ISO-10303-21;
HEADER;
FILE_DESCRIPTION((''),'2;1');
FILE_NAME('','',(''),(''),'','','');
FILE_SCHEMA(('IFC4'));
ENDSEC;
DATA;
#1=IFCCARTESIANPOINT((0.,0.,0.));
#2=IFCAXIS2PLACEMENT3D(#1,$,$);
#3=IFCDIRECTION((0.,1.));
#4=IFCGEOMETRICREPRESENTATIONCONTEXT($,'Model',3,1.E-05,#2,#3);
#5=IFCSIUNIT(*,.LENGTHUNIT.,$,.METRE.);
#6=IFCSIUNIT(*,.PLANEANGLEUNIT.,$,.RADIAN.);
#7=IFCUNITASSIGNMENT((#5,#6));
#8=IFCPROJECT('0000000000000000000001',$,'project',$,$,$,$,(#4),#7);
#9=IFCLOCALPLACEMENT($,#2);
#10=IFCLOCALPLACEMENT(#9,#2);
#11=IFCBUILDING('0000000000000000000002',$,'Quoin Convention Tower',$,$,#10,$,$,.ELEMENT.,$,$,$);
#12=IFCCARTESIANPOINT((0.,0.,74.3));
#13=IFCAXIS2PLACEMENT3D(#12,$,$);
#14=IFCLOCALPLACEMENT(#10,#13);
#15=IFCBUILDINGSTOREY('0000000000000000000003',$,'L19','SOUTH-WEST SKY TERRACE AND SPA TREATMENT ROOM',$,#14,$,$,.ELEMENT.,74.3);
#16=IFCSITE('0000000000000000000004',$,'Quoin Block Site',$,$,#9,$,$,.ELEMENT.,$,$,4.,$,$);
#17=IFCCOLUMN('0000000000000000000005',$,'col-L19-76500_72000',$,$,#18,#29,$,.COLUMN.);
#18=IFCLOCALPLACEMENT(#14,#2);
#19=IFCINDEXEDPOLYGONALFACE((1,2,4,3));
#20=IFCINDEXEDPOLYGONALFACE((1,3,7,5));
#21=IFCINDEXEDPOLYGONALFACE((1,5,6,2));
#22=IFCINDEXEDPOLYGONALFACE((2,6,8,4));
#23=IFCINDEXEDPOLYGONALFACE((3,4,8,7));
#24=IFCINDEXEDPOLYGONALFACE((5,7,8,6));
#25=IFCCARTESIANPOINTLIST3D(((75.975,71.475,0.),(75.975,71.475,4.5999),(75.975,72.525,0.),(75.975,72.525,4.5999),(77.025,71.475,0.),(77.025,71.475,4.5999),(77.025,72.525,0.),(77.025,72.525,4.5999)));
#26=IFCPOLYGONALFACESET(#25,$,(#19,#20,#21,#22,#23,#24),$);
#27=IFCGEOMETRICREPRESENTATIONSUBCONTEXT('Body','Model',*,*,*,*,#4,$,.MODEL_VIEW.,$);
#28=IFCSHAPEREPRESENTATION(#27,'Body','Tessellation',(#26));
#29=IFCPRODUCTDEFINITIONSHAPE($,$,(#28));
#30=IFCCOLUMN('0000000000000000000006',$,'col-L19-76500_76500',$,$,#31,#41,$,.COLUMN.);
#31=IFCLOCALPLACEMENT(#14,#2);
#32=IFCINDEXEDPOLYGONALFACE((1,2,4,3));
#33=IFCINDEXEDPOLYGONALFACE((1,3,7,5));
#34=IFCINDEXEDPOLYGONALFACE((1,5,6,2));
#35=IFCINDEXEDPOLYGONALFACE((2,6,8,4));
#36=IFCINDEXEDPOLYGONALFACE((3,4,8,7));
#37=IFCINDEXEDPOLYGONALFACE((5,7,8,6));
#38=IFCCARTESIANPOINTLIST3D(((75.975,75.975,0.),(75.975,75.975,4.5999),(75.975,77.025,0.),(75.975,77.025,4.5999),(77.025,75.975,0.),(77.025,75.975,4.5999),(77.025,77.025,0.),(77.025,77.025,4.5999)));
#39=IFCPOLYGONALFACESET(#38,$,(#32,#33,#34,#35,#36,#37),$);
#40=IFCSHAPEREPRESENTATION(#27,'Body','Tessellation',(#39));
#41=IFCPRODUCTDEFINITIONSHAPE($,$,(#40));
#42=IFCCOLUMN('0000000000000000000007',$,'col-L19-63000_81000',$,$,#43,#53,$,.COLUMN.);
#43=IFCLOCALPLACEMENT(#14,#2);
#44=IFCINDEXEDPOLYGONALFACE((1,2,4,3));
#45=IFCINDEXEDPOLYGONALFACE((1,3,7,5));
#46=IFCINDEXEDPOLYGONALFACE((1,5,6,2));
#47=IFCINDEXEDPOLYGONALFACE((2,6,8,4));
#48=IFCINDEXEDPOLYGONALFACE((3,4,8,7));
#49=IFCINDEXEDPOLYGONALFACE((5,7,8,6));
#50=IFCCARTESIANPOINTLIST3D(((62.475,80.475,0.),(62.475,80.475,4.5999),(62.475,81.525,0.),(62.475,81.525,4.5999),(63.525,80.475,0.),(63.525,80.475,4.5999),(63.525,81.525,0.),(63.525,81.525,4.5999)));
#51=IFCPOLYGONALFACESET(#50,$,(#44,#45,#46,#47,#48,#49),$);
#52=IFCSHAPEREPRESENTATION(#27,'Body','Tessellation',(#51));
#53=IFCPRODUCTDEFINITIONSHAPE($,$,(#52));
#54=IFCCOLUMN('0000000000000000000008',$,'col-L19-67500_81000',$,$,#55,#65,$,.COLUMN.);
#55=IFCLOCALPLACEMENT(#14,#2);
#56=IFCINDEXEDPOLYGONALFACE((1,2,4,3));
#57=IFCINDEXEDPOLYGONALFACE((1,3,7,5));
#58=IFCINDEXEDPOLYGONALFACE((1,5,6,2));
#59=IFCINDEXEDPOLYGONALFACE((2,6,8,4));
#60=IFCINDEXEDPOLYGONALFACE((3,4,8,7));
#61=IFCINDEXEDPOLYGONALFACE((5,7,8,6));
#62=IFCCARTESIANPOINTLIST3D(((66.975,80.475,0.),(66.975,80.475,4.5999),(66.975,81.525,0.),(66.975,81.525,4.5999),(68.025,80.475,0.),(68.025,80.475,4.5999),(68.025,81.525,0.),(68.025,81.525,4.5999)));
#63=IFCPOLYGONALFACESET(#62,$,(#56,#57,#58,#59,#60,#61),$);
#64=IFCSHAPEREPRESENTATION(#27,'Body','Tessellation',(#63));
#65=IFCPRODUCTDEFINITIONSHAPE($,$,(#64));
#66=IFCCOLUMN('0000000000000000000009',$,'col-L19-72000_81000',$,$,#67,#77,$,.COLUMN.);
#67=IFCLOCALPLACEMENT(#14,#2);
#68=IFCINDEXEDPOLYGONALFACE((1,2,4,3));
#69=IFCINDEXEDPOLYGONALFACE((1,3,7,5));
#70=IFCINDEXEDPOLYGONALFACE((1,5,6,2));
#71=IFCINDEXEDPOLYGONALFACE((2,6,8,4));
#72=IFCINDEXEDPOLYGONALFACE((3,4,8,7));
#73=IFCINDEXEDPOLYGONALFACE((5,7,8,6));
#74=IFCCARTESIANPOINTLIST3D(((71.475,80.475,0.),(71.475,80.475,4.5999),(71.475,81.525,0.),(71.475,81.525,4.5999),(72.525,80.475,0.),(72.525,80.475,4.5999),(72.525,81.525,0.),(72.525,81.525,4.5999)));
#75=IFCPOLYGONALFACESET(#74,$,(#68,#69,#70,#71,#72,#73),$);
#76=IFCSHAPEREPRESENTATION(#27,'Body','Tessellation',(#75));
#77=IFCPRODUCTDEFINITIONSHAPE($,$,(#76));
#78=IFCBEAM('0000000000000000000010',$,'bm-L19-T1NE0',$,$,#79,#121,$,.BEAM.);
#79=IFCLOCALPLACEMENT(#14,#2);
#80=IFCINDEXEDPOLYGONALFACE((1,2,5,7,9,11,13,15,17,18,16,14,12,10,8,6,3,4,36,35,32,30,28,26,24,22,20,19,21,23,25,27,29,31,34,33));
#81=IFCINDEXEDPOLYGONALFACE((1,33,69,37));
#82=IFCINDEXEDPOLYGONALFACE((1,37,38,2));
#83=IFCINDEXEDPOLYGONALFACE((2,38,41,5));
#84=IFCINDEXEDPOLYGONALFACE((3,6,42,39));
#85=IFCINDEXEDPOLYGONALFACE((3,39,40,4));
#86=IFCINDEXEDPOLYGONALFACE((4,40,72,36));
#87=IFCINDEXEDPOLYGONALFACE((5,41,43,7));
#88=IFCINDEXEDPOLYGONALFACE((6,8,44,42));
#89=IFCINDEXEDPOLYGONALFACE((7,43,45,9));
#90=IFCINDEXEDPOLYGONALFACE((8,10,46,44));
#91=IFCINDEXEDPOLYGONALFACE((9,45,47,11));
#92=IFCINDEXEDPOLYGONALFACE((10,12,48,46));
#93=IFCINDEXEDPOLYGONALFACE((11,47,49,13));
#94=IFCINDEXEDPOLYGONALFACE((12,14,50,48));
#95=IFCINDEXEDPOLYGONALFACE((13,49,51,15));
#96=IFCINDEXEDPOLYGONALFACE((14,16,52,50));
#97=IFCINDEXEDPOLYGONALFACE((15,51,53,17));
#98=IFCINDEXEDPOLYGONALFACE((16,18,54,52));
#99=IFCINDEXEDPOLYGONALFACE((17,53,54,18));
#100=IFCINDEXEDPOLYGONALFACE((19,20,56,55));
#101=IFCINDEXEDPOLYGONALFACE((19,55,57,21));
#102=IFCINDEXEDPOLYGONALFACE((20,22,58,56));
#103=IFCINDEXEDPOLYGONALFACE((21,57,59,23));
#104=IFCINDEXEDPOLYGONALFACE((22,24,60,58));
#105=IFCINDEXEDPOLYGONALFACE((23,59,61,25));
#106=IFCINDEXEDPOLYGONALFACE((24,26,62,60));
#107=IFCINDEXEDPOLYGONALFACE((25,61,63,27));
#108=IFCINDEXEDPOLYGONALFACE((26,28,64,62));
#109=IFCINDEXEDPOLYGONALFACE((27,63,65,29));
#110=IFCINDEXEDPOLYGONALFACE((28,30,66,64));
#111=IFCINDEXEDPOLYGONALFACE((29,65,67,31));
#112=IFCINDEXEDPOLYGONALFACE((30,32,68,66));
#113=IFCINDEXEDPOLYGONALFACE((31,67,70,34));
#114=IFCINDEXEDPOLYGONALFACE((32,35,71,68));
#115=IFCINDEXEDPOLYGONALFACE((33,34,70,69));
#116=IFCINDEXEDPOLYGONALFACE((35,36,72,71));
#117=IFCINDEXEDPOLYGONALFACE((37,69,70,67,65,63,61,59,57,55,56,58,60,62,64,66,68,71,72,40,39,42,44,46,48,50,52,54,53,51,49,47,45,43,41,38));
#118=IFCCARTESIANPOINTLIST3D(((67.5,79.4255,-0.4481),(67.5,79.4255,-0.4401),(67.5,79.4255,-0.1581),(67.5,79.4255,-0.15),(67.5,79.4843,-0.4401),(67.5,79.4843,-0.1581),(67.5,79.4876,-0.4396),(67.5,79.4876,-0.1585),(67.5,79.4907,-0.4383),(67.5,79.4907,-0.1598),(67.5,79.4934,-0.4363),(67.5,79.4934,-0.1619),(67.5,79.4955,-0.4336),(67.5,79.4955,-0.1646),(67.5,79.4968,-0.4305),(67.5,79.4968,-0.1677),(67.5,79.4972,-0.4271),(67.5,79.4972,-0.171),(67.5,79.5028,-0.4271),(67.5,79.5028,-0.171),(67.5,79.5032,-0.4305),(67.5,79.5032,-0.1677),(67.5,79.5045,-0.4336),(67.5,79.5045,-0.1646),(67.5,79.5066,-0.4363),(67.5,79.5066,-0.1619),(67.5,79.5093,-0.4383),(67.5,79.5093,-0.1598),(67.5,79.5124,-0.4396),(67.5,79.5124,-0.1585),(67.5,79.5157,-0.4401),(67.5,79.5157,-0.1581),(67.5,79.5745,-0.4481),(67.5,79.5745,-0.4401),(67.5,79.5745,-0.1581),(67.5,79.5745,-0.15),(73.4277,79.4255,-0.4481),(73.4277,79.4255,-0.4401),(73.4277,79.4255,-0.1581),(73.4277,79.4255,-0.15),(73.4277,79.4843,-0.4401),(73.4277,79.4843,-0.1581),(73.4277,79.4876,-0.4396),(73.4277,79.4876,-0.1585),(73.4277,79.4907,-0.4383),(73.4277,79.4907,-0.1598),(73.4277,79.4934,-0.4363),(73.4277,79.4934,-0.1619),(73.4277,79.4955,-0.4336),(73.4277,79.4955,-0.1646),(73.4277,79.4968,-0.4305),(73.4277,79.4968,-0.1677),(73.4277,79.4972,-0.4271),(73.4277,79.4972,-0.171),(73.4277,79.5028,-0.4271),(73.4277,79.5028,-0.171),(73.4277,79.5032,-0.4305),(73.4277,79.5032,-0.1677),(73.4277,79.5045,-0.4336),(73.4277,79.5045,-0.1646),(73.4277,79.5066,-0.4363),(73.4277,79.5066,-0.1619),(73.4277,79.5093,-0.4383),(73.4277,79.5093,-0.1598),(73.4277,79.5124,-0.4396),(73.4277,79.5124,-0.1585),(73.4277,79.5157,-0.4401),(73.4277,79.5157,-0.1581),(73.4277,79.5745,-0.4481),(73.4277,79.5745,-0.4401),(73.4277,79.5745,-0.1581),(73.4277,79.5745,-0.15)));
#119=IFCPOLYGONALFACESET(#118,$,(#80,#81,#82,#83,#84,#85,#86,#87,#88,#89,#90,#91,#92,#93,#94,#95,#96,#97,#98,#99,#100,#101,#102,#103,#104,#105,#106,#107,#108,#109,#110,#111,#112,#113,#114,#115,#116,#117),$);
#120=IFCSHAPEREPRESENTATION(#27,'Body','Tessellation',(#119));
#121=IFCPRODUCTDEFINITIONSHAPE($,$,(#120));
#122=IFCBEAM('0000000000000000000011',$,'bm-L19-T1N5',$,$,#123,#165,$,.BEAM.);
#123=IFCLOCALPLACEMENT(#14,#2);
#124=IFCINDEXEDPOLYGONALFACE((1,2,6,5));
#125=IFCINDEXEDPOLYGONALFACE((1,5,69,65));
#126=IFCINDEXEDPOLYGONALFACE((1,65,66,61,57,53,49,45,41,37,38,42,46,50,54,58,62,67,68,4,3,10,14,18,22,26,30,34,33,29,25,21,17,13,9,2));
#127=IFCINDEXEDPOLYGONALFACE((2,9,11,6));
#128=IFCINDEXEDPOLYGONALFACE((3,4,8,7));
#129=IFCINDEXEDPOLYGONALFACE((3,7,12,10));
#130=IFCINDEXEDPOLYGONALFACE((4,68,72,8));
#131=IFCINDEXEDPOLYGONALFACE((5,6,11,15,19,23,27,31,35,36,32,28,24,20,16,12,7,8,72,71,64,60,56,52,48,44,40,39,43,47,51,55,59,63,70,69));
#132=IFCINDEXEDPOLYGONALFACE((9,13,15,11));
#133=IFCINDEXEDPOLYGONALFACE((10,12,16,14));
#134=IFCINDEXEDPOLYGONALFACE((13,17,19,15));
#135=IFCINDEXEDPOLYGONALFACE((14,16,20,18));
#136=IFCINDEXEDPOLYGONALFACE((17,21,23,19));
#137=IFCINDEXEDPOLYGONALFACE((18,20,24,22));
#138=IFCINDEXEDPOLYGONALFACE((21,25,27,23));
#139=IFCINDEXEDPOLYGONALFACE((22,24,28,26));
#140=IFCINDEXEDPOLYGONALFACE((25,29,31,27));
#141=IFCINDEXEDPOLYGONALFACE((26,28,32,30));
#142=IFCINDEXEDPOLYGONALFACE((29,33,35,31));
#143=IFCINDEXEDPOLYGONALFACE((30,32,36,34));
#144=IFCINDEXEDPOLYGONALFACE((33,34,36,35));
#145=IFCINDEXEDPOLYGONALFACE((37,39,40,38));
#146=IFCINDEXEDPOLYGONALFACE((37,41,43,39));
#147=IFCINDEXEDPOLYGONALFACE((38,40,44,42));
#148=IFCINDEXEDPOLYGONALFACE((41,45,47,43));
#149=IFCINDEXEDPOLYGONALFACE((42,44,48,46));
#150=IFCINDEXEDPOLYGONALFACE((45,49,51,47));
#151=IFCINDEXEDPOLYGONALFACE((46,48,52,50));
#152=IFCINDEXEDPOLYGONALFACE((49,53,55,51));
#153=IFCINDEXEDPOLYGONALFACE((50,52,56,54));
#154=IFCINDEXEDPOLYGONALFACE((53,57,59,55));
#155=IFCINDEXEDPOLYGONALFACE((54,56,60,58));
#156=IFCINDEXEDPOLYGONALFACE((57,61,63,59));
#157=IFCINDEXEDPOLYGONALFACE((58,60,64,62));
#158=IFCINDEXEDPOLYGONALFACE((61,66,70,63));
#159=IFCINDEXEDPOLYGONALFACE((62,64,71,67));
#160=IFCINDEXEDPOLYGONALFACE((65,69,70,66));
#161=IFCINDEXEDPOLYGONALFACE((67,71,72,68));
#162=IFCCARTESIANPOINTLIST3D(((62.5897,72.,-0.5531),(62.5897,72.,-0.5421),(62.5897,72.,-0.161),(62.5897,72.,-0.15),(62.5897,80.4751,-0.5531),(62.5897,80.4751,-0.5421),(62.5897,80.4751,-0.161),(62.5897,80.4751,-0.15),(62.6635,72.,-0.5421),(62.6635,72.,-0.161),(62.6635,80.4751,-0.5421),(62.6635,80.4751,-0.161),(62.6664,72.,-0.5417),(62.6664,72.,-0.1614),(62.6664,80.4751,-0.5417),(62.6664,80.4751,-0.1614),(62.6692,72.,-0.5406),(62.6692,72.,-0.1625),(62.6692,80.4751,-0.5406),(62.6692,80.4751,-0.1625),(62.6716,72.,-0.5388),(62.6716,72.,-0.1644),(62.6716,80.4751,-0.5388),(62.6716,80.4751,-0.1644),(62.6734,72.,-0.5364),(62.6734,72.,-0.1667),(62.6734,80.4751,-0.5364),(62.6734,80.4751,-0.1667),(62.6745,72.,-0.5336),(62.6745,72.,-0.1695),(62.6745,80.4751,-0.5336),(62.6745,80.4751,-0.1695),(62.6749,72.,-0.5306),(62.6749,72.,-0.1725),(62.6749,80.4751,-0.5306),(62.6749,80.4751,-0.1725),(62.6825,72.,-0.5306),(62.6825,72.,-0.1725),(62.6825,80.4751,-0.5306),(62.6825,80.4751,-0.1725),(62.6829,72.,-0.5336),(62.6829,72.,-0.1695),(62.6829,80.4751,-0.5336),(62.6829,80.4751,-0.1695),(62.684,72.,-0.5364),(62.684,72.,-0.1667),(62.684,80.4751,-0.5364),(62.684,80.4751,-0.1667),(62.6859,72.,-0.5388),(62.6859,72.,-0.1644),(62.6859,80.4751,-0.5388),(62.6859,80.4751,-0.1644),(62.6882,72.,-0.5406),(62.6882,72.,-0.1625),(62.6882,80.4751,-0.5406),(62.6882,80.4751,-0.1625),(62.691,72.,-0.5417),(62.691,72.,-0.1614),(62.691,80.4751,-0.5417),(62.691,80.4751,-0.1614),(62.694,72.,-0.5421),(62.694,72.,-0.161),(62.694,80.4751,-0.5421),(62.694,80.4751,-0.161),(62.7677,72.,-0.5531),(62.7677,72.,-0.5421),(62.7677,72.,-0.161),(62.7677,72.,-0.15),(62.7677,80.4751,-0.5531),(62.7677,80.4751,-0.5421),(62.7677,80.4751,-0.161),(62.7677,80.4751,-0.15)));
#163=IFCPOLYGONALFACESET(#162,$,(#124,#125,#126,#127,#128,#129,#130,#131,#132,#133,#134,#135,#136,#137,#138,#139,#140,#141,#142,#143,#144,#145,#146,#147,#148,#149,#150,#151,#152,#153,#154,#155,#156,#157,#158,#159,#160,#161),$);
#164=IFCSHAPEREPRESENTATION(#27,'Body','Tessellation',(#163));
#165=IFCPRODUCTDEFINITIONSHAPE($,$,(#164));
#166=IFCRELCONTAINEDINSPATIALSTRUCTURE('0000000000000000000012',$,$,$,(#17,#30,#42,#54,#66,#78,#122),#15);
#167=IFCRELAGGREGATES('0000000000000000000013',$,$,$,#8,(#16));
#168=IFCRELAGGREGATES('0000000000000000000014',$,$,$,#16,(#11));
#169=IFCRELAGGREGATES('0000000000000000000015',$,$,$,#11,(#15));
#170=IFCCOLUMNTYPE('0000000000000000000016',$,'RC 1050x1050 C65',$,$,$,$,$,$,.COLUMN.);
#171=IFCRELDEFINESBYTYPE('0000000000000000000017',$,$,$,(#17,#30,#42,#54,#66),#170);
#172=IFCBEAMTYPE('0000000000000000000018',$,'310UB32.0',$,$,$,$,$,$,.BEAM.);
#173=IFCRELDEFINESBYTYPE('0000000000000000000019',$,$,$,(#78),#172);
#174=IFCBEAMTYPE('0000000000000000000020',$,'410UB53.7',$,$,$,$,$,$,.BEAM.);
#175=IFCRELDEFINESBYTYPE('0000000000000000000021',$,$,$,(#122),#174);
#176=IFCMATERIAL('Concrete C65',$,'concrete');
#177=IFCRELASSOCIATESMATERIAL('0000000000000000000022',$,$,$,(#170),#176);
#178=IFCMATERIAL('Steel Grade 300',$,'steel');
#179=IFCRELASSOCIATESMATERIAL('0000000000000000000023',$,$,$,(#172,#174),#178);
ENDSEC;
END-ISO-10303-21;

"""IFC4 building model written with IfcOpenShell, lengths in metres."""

from ifc_helpers import new_model, si_unit, direction, frame, origin, origin_2d, place, context, subcontext, project, spatial, rectangle, i_section, extrude, material, material_profile, profile_set, type_object, element, save


model = new_model("IFC4")

# Units and contexts
model_context = context("Model", 3, precision=1e-05, world=origin(), true_north=direction((0.0, 1.0)))
body_context = subcontext(model_context, "Body", "Model", "MODEL_VIEW")
ifc_project = project(units=[si_unit("LENGTHUNIT", "METRE"), si_unit("PLANEANGLEUNIT", "RADIAN")], contexts=[model_context])

# Site, building, storey
site_placement = place(None, origin())
site = spatial("IfcSite", under=ifc_project, at=site_placement, Name="Quoin Block Site", CompositionType="ELEMENT", RefElevation=4.0)
building_placement = place(site_placement, origin())
building = spatial("IfcBuilding", under=site, at=building_placement, Name="Quoin Convention Tower", CompositionType="ELEMENT")
storey_placement = place(building_placement, frame((0.0, 0.0, 74.3)))
storey = spatial("IfcBuildingStorey", under=building, at=storey_placement, Name="L19", Description="SOUTH-WEST SKY TERRACE AND SPA TREATMENT ROOM", CompositionType="ELEMENT", Elevation=74.3)

# Columns
ifc_material_1 = material(Name="Concrete C65", Category="concrete")
ifc_material_profile_1 = material_profile(ifc_material_1, rectangle(XDim=1.05, YDim=1.05, at=origin_2d()), Name="RC 1050x1050")
ifc_profile_set_1 = profile_set([ifc_material_profile_1], Name="Concrete C65")
column_type = type_object("IfcColumnType", Name="RC 1050x1050 C65", PredefinedType="COLUMN", material=ifc_profile_set_1)
for number, where, z_axis, x_axis, name in (
    (1, (76.5, 72.0, 0.0), (0.0, 0.0, 1.0), (1.0, 0.0, 0.0), "col-L19-76500_72000"),
    (2, (76.5, 76.5, 0.0), (0.0, 0.0, 1.0), (1.0, 0.0, 0.0), "col-L19-76500_76500"),
    (3, (63.0, 81.0, 0.0), (0.0, 0.0, 1.0), (1.0, 0.0, 0.0), "col-L19-63000_81000"),
    (4, (67.5, 81.0, 0.0), (0.0, 0.0, 1.0), (1.0, 0.0, 0.0), "col-L19-67500_81000"),
    (5, (72.0, 81.0, 0.0), (0.0, 0.0, 1.0), (1.0, 0.0, 0.0), "col-L19-72000_81000"),
):
    element("IfcColumn", number, at=place(storey_placement, frame(where, z_axis=z_axis, x_axis=x_axis)), inside=storey, type_object=column_type, Name=name, PredefinedType="COLUMN", context=body_context, shape_type="SweptSolid", body=[
        extrude(rectangle(XDim=1.05, YDim=1.05, at=origin_2d()), origin(), (0.0, 0.0, 1.0), 4.5999),
    ])

# Beams
ifc_material_2 = material(Name="Steel Grade 300", Category="steel")
ifc_material_profile_2 = material_profile(ifc_material_2, i_section(OverallWidth=0.1489, OverallDepth=0.2981, WebThickness=0.0056, FlangeThickness=0.0081, FilletRadius=0.0129, at=origin_2d()), Name="310UB32.0")
ifc_profile_set_2 = profile_set([ifc_material_profile_2], Name="Steel Grade 300")
beam_type_1 = type_object("IfcBeamType", Name="310UB32.0", PredefinedType="BEAM", material=ifc_profile_set_2)
beam_1_placement = place(storey_placement, frame((67.5, 79.5, -0.2991), z_axis=(1.0, 0.0, 0.0), x_axis=(0.0, 1.0, 0.0)))
element("IfcBeam", 6, at=beam_1_placement, inside=storey, type_object=beam_type_1, Name="bm-L19-T1NE0", PredefinedType="BEAM", context=body_context, shape_type="SweptSolid", body=[
    extrude(i_section(OverallWidth=0.1489, OverallDepth=0.2981, WebThickness=0.0056, FlangeThickness=0.0081, FilletRadius=0.0129, at=origin_2d()), origin(), (0.0, 0.0, 1.0), 5.9277),
])
ifc_material_profile_3 = material_profile(ifc_material_2, i_section(OverallWidth=0.178, OverallDepth=0.4031, WebThickness=0.0076, FlangeThickness=0.011, FilletRadius=0.0115, at=origin_2d()), Name="410UB53.7")
ifc_profile_set_3 = profile_set([ifc_material_profile_3], Name="Steel Grade 300")
beam_type_2 = type_object("IfcBeamType", Name="410UB53.7", PredefinedType="BEAM", material=ifc_profile_set_3)
beam_2_placement = place(storey_placement, frame((62.6787, 72.0, -0.3516), z_axis=(0.0, 1.0, 0.0), x_axis=(-1.0, 0.0, 0.0)))
element("IfcBeam", 7, at=beam_2_placement, inside=storey, type_object=beam_type_2, Name="bm-L19-T1N5", PredefinedType="BEAM", context=body_context, shape_type="SweptSolid", body=[
    extrude(i_section(OverallWidth=0.178, OverallDepth=0.4031, WebThickness=0.0076, FlangeThickness=0.011, FilletRadius=0.0115, at=origin_2d()), origin(), (0.0, 0.0, 1.0), 8.4751),
])

save(model, "model.ifc")
